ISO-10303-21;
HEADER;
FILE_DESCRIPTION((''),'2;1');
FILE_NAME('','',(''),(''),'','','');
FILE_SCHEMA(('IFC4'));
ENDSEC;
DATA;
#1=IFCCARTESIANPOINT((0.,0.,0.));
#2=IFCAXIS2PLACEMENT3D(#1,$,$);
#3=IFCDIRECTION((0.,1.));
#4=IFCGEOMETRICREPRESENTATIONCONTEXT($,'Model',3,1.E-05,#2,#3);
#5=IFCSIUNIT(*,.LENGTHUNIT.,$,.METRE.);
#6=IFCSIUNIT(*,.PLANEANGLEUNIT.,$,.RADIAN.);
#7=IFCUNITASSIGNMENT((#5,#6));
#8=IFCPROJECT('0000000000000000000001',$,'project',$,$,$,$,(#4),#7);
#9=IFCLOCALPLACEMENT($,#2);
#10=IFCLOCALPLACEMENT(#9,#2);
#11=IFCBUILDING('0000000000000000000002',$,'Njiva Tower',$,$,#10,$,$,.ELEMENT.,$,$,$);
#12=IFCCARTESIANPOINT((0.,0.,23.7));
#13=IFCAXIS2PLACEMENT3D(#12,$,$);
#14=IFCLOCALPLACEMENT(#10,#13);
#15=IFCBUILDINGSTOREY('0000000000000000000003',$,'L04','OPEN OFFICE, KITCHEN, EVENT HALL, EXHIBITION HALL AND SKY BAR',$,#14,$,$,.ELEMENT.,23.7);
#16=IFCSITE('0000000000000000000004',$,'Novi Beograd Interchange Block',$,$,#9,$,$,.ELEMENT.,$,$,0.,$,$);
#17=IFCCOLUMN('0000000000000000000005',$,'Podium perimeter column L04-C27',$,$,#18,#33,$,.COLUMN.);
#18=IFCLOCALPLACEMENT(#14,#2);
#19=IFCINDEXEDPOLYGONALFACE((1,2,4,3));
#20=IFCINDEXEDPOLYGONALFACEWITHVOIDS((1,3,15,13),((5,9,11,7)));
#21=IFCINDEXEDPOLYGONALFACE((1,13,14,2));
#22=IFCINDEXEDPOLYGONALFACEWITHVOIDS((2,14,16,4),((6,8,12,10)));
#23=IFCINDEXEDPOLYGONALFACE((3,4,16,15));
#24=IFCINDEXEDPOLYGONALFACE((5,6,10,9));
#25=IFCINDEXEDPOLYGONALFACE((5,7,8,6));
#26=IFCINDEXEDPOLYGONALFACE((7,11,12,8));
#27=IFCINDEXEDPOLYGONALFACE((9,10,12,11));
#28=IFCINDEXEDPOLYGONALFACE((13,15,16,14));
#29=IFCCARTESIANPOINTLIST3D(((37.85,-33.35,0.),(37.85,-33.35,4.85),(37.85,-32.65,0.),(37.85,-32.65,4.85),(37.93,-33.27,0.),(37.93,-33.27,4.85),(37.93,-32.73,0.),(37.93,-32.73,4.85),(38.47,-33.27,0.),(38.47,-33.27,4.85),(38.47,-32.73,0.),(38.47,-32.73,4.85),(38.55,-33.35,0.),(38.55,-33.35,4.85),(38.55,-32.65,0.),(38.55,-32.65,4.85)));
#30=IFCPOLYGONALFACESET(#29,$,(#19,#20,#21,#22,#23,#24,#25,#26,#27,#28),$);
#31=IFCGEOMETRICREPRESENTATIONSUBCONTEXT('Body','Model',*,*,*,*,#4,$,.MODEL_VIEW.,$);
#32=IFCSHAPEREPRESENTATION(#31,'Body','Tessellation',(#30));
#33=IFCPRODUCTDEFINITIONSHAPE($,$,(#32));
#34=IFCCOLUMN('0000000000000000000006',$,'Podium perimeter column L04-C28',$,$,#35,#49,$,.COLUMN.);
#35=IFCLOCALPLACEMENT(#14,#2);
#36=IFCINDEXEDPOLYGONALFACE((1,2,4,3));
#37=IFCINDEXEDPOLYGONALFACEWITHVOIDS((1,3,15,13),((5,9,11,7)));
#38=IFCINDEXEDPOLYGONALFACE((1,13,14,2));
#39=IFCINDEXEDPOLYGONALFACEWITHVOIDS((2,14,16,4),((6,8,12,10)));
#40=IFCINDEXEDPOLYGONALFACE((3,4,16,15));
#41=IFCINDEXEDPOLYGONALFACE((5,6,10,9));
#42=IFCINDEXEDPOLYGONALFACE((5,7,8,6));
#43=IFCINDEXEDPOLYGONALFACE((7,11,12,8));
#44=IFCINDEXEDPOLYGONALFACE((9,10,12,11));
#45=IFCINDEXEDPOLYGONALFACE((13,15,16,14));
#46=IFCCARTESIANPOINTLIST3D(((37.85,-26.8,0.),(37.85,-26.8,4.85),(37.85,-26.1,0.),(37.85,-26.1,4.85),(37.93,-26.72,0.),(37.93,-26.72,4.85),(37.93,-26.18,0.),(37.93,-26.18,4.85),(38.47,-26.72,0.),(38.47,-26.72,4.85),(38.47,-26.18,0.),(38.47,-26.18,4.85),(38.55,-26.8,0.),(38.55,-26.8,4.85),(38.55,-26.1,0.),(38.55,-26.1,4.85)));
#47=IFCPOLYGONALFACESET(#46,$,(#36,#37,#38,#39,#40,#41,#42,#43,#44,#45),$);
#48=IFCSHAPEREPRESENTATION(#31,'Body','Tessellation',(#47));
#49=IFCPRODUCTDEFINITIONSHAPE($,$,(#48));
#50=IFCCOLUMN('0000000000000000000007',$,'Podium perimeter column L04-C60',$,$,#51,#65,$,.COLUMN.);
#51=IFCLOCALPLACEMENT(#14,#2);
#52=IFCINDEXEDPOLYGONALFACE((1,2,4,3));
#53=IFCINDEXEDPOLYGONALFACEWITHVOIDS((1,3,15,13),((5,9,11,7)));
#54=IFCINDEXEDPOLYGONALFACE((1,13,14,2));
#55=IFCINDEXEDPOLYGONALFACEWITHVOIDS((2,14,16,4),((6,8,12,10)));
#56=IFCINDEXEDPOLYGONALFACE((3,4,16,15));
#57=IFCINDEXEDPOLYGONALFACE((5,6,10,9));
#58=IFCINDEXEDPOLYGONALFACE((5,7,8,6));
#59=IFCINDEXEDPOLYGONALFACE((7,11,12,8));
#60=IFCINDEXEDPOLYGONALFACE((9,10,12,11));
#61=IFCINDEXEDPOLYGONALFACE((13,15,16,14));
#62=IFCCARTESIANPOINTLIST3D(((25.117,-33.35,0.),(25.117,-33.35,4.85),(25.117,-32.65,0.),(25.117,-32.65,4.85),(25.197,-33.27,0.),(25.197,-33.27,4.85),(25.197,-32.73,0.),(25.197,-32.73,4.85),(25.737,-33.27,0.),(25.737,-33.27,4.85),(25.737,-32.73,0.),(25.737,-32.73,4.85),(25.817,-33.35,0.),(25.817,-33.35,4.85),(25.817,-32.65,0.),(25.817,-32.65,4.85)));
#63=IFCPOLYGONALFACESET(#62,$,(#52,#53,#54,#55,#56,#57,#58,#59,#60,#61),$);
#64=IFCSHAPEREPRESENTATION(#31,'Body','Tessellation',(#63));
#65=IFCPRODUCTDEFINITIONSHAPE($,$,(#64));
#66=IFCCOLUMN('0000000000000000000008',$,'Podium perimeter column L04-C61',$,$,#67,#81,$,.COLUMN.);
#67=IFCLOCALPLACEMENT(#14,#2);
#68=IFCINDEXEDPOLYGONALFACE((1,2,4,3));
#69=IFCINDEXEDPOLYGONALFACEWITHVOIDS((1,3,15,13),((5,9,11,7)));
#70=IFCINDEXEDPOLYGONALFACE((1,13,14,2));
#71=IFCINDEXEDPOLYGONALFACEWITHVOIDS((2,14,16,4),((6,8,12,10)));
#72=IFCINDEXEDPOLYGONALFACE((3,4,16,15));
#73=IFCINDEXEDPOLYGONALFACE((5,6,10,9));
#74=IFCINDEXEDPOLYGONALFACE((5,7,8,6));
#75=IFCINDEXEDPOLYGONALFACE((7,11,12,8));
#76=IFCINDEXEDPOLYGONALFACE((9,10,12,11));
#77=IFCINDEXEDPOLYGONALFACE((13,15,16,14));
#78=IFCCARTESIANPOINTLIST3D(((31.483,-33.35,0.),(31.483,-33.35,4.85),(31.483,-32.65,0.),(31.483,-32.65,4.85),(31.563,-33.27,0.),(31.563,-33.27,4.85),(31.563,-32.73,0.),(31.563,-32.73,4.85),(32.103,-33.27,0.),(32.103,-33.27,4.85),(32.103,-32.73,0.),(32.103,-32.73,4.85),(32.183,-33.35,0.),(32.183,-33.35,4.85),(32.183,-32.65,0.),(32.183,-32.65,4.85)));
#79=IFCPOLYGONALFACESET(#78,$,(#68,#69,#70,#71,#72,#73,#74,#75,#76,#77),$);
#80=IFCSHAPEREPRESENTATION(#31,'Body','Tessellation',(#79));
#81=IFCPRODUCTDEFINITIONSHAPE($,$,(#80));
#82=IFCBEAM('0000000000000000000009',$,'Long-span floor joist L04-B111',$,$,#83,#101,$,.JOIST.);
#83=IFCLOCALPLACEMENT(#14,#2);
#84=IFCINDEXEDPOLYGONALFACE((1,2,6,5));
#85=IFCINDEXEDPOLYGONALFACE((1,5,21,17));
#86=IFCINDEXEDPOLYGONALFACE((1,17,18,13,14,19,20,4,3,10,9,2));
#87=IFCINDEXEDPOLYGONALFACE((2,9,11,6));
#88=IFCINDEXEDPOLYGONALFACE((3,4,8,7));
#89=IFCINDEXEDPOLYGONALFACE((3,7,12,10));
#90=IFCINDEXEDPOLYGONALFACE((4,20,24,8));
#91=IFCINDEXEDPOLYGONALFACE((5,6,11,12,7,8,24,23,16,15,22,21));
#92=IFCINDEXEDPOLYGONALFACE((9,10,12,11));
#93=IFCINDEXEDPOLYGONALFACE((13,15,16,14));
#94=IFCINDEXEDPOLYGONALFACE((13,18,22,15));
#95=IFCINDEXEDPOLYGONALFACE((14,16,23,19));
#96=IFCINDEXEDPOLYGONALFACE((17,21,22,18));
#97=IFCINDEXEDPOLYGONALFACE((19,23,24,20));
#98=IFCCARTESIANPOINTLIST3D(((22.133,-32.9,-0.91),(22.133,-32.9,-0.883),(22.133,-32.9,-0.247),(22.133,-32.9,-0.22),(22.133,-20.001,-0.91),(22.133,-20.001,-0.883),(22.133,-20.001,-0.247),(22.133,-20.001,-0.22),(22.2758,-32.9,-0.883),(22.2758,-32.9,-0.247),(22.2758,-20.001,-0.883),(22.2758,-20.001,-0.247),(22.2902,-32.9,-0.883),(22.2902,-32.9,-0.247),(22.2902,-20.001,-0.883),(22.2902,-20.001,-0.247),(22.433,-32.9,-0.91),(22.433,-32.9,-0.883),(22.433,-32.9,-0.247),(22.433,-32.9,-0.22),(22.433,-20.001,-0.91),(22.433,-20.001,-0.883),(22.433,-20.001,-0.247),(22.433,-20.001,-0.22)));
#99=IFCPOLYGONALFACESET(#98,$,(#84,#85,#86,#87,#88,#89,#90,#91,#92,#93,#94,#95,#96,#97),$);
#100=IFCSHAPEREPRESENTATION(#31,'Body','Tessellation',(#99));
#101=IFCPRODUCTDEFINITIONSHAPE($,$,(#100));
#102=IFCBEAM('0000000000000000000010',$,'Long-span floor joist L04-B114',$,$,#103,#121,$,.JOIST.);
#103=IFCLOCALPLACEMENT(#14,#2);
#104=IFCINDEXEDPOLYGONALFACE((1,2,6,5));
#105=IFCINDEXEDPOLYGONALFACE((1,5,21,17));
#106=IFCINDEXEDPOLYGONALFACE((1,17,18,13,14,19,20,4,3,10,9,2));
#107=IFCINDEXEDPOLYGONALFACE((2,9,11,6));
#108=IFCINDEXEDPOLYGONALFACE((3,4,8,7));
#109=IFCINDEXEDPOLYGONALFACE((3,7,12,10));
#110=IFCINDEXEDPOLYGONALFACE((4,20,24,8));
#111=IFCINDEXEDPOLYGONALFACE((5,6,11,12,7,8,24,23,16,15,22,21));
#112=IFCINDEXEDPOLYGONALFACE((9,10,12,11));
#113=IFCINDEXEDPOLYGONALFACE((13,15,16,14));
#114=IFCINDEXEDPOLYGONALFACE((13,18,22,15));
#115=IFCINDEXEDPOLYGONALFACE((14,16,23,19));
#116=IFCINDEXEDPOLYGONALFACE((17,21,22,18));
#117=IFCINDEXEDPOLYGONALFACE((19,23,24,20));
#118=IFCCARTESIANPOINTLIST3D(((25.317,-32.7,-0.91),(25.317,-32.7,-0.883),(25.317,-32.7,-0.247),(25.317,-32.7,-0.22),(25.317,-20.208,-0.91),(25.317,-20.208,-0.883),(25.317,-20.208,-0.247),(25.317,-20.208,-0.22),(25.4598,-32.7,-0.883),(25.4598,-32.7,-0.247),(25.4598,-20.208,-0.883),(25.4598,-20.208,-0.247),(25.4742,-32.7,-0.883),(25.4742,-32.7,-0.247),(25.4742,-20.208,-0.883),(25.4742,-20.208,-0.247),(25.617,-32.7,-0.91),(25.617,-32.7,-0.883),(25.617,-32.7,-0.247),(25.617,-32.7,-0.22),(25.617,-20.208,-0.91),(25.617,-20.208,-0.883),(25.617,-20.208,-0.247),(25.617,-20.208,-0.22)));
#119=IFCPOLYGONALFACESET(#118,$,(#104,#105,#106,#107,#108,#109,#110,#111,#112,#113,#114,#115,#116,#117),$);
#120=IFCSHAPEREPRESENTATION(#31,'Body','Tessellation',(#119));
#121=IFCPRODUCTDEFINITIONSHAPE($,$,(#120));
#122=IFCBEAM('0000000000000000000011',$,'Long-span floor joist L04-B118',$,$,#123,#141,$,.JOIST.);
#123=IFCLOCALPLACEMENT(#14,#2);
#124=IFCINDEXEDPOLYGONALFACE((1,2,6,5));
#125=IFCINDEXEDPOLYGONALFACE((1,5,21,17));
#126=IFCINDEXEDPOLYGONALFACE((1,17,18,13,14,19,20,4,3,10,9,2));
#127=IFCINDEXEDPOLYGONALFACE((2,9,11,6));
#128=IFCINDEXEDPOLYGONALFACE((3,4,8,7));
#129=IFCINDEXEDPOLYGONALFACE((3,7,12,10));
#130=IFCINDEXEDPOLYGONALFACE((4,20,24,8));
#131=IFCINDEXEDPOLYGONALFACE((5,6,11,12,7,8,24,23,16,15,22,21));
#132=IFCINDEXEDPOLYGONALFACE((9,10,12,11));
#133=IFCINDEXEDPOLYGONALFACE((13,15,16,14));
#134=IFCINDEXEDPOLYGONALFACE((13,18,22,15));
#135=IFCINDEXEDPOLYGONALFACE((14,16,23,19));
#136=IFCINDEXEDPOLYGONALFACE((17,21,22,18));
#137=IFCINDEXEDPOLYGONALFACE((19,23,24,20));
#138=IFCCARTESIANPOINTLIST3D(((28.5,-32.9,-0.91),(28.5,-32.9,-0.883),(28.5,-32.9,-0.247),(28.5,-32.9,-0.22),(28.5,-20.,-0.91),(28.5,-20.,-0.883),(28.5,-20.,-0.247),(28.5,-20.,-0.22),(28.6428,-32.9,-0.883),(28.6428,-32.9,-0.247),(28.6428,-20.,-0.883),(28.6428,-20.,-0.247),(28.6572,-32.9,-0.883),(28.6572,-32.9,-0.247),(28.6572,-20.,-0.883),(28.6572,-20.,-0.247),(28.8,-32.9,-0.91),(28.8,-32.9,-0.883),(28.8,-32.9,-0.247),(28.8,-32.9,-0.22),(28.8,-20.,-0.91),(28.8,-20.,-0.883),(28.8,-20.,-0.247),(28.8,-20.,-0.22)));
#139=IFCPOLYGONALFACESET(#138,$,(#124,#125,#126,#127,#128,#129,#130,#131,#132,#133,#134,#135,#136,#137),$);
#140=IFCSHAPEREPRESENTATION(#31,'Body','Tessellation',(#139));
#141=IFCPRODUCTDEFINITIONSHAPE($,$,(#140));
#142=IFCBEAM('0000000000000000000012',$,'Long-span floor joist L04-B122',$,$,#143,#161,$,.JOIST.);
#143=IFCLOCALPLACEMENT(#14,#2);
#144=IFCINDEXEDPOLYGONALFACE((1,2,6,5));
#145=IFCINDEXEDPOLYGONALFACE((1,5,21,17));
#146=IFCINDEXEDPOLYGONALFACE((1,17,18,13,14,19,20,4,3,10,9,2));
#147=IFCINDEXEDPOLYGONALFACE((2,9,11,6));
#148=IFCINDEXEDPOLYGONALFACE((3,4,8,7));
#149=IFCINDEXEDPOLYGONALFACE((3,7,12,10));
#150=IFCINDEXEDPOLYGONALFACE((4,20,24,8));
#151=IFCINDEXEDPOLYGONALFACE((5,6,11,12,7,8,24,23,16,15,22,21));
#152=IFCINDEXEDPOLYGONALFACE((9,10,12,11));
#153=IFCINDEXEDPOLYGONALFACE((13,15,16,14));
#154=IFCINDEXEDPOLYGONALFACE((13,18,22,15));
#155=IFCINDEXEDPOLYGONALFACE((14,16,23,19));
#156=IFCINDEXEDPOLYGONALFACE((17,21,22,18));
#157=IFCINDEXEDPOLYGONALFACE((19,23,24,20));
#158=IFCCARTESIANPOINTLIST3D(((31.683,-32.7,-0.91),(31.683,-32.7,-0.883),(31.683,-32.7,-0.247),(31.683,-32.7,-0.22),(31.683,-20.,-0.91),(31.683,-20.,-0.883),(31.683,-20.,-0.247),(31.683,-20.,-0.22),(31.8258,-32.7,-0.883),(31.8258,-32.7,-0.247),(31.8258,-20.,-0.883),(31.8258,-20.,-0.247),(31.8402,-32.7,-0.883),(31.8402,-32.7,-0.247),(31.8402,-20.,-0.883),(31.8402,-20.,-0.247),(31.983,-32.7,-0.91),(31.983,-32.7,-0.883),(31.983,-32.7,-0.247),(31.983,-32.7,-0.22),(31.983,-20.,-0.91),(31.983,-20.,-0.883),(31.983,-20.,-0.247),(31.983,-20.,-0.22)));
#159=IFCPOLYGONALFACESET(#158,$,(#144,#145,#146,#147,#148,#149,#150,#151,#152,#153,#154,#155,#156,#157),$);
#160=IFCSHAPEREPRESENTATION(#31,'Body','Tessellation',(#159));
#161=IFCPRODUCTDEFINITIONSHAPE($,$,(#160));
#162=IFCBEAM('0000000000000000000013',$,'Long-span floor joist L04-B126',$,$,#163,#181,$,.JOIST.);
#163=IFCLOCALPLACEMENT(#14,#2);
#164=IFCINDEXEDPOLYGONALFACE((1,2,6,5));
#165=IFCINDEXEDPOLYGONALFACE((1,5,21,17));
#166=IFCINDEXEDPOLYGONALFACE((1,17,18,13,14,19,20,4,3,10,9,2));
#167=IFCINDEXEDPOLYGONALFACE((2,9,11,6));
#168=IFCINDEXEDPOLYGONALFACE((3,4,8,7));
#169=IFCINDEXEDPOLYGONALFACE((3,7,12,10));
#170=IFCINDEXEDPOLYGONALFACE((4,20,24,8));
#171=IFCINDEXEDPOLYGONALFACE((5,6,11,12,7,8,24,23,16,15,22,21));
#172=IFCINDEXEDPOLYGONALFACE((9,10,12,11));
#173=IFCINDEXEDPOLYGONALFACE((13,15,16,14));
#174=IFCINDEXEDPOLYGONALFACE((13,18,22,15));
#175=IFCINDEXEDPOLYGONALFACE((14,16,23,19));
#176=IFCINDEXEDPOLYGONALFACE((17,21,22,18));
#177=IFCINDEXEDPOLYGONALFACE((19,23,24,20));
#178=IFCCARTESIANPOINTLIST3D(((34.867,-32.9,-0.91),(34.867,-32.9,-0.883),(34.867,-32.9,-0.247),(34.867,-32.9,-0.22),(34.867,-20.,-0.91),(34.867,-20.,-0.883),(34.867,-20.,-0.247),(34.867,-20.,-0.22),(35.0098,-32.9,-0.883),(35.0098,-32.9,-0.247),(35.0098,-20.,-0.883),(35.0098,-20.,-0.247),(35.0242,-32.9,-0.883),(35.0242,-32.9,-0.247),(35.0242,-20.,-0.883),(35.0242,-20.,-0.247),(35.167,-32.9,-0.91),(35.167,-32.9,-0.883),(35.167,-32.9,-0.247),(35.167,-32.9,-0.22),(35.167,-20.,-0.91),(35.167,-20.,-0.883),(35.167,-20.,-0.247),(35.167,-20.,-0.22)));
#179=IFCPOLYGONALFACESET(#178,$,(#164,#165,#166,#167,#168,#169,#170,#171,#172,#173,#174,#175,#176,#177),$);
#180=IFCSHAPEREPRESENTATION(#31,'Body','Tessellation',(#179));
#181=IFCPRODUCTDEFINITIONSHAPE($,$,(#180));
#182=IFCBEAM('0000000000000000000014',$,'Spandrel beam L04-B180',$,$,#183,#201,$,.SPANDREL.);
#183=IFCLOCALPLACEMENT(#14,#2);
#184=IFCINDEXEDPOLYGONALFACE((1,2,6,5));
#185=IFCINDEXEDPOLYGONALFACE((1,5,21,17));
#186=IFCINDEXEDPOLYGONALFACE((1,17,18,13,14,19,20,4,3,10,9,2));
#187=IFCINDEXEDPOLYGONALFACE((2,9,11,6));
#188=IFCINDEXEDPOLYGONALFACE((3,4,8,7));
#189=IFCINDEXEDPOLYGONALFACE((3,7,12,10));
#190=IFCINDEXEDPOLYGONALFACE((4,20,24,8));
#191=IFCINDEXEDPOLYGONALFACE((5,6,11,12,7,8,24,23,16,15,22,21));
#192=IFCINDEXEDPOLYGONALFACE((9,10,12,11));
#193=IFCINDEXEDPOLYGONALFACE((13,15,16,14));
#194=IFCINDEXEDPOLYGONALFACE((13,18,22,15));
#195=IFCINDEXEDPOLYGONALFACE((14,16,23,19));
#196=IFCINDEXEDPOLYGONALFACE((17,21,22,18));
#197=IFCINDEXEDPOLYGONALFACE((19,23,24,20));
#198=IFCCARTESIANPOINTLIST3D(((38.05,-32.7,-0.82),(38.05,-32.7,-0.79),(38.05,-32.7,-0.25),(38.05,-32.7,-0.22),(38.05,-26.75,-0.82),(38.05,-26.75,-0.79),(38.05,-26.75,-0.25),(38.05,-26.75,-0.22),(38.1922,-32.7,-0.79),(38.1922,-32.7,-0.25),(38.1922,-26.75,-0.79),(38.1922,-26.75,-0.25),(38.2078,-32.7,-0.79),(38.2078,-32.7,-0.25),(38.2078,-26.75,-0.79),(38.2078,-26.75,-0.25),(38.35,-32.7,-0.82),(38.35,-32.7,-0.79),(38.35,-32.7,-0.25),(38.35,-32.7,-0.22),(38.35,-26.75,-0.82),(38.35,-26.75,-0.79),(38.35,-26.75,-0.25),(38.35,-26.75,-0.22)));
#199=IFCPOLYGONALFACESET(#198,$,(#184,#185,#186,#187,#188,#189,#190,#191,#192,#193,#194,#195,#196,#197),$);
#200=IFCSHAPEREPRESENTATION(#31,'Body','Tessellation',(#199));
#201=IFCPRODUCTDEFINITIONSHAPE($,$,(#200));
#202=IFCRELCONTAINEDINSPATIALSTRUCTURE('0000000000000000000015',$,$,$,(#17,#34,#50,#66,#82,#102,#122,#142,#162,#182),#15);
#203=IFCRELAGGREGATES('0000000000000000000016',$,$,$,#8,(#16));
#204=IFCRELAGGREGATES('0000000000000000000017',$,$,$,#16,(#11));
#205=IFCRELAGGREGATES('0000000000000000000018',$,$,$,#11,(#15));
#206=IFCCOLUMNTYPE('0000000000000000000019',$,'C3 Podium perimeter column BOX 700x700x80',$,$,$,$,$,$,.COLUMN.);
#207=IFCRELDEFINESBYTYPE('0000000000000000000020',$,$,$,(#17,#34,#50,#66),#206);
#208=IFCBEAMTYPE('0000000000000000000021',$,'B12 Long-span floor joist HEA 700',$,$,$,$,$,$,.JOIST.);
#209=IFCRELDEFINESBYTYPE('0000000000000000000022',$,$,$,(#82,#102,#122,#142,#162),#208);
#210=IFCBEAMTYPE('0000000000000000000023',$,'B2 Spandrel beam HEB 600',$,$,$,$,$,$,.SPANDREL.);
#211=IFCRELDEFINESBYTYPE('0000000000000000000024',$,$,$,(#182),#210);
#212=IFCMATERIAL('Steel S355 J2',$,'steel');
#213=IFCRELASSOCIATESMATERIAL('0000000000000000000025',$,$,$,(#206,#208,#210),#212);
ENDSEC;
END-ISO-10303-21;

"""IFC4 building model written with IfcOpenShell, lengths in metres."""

from ifc_helpers import new_model, si_unit, direction, frame, origin, origin_2d, place, context, subcontext, project, spatial, hollow_rectangle, i_section, extrude, material, material_profile, profile_set, type_object, element, save


model = new_model("IFC4")

# Units and contexts
model_context = context("Model", 3, precision=1e-05, world=origin(), true_north=direction((0.0, 1.0)))
body_context = subcontext(model_context, "Body", "Model", "MODEL_VIEW")
ifc_project = project(units=[si_unit("LENGTHUNIT", "METRE"), si_unit("PLANEANGLEUNIT", "RADIAN")], contexts=[model_context])

# Site, building, storey
site_placement = place(None, origin())
site = spatial("IfcSite", under=ifc_project, at=site_placement, Name="Novi Beograd Interchange Block", CompositionType="ELEMENT", RefElevation=0.0)
building_placement = place(site_placement, origin())
building = spatial("IfcBuilding", under=site, at=building_placement, Name="Njiva Tower", CompositionType="ELEMENT")
storey_placement = place(building_placement, frame((0.0, 0.0, 23.7)))
storey = spatial("IfcBuildingStorey", under=building, at=storey_placement, Name="L04", Description="OPEN OFFICE, KITCHEN, EVENT HALL, EXHIBITION HALL AND SKY BAR", CompositionType="ELEMENT", Elevation=23.7)

# Columns
ifc_material_1 = material(Name="Steel S355 J2", Category="steel")
ifc_material_profile_1 = material_profile(ifc_material_1, hollow_rectangle(XDim=0.7, YDim=0.7, WallThickness=0.08, at=origin_2d()), Name="BOX 700x700x80")
ifc_profile_set_1 = profile_set([ifc_material_profile_1], Name="Steel S355 J2")
column_type = type_object("IfcColumnType", Name="C3 Podium perimeter column BOX 700x700x80", PredefinedType="COLUMN", material=ifc_profile_set_1)
for number, where, z_axis, x_axis, name in (
    (1, (38.2, -33.0, 0.0), (0.0, 0.0, 1.0), (0.0, 1.0, 0.0), "Podium perimeter column L04-C27"),
    (2, (38.2, -26.45, 0.0), (0.0, 0.0, 1.0), (0.0, 1.0, 0.0), "Podium perimeter column L04-C28"),
    (3, (25.467, -33.0, 0.0), (0.0, 0.0, 1.0), (1.0, 0.0, 0.0), "Podium perimeter column L04-C60"),
    (4, (31.833, -33.0, 0.0), (0.0, 0.0, 1.0), (1.0, 0.0, 0.0), "Podium perimeter column L04-C61"),
):
    element("IfcColumn", number, at=place(storey_placement, frame(where, z_axis=z_axis, x_axis=x_axis)), inside=storey, type_object=column_type, Name=name, PredefinedType="COLUMN", context=body_context, shape_type="SweptSolid", body=[
        extrude(hollow_rectangle(XDim=0.7, YDim=0.7, WallThickness=0.08, at=origin_2d()), origin(), (0.0, 0.0, 1.0), 4.85),
    ])

# Beams
ifc_material_profile_2 = material_profile(ifc_material_1, i_section(OverallWidth=0.3, OverallDepth=0.69, WebThickness=0.0145, FlangeThickness=0.027, at=origin_2d()), Name="HEA 700")
ifc_profile_set_2 = profile_set([ifc_material_profile_2], Name="Steel S355 J2")
beam_type_1 = type_object("IfcBeamType", Name="B12 Long-span floor joist HEA 700", PredefinedType="JOIST", material=ifc_profile_set_2)
beam_1_placement = place(storey_placement, frame((22.283, -20.001, -0.565), z_axis=(0.0, -1.0, 0.0), x_axis=(1.0, 0.0, 0.0)))
element("IfcBeam", 5, at=beam_1_placement, inside=storey, type_object=beam_type_1, Name="Long-span floor joist L04-B111", PredefinedType="JOIST", context=body_context, shape_type="SweptSolid", body=[
    extrude(i_section(OverallWidth=0.3, OverallDepth=0.69, WebThickness=0.0145, FlangeThickness=0.027, at=origin_2d()), origin(), (0.0, 0.0, 1.0), 12.899),
])
beam_2_placement = place(storey_placement, frame((25.467, -20.208, -0.565), z_axis=(0.0, -1.0, 0.0), x_axis=(1.0, 0.0, 0.0)))
element("IfcBeam", 6, at=beam_2_placement, inside=storey, type_object=beam_type_1, Name="Long-span floor joist L04-B114", PredefinedType="JOIST", context=body_context, shape_type="SweptSolid", body=[
    extrude(i_section(OverallWidth=0.3, OverallDepth=0.69, WebThickness=0.0145, FlangeThickness=0.027, at=origin_2d()), origin(), (0.0, 0.0, 1.0), 12.492),
])
beam_3_placement = place(storey_placement, frame((28.65, -20.0, -0.565), z_axis=(0.0, -1.0, 0.0), x_axis=(1.0, 0.0, 0.0)))
element("IfcBeam", 7, at=beam_3_placement, inside=storey, type_object=beam_type_1, Name="Long-span floor joist L04-B118", PredefinedType="JOIST", context=body_context, shape_type="SweptSolid", body=[
    extrude(i_section(OverallWidth=0.3, OverallDepth=0.69, WebThickness=0.0145, FlangeThickness=0.027, at=origin_2d()), origin(), (0.0, 0.0, 1.0), 12.9),
])
beam_4_placement = place(storey_placement, frame((31.833, -20.0, -0.565), z_axis=(0.0, -1.0, 0.0), x_axis=(1.0, 0.0, 0.0)))
element("IfcBeam", 8, at=beam_4_placement, inside=storey, type_object=beam_type_1, Name="Long-span floor joist L04-B122", PredefinedType="JOIST", context=body_context, shape_type="SweptSolid", body=[
    extrude(i_section(OverallWidth=0.3, OverallDepth=0.69, WebThickness=0.0145, FlangeThickness=0.027, at=origin_2d()), origin(), (0.0, 0.0, 1.0), 12.7),
])
beam_5_placement = place(storey_placement, frame((35.017, -20.0, -0.565), z_axis=(0.0, -1.0, 0.0), x_axis=(1.0, 0.0, 0.0)))
element("IfcBeam", 9, at=beam_5_placement, inside=storey, type_object=beam_type_1, Name="Long-span floor joist L04-B126", PredefinedType="JOIST", context=body_context, shape_type="SweptSolid", body=[
    extrude(i_section(OverallWidth=0.3, OverallDepth=0.69, WebThickness=0.0145, FlangeThickness=0.027, at=origin_2d()), origin(), (0.0, 0.0, 1.0), 12.9),
])
ifc_material_profile_3 = material_profile(ifc_material_1, i_section(OverallWidth=0.3, OverallDepth=0.6, WebThickness=0.0155, FlangeThickness=0.03, at=origin_2d()), Name="HEB 600")
ifc_profile_set_3 = profile_set([ifc_material_profile_3], Name="Steel S355 J2")
beam_type_2 = type_object("IfcBeamType", Name="B2 Spandrel beam HEB 600", PredefinedType="SPANDREL", material=ifc_profile_set_3)
for number, where, z_axis, x_axis, name in (
    (10, (38.2, -32.7, -0.52), (0.0, 1.0, 0.0), (-1.0, 0.0, 0.0), "Spandrel beam L04-B180"),
):
    element("IfcBeam", number, at=place(storey_placement, frame(where, z_axis=z_axis, x_axis=x_axis)), inside=storey, type_object=beam_type_2, Name=name, PredefinedType="SPANDREL", context=body_context, shape_type="SweptSolid", body=[
        extrude(i_section(OverallWidth=0.3, OverallDepth=0.6, WebThickness=0.0155, FlangeThickness=0.03, at=origin_2d()), origin(), (0.0, 0.0, 1.0), 5.95),
    ])

save(model, "model.ifc")
